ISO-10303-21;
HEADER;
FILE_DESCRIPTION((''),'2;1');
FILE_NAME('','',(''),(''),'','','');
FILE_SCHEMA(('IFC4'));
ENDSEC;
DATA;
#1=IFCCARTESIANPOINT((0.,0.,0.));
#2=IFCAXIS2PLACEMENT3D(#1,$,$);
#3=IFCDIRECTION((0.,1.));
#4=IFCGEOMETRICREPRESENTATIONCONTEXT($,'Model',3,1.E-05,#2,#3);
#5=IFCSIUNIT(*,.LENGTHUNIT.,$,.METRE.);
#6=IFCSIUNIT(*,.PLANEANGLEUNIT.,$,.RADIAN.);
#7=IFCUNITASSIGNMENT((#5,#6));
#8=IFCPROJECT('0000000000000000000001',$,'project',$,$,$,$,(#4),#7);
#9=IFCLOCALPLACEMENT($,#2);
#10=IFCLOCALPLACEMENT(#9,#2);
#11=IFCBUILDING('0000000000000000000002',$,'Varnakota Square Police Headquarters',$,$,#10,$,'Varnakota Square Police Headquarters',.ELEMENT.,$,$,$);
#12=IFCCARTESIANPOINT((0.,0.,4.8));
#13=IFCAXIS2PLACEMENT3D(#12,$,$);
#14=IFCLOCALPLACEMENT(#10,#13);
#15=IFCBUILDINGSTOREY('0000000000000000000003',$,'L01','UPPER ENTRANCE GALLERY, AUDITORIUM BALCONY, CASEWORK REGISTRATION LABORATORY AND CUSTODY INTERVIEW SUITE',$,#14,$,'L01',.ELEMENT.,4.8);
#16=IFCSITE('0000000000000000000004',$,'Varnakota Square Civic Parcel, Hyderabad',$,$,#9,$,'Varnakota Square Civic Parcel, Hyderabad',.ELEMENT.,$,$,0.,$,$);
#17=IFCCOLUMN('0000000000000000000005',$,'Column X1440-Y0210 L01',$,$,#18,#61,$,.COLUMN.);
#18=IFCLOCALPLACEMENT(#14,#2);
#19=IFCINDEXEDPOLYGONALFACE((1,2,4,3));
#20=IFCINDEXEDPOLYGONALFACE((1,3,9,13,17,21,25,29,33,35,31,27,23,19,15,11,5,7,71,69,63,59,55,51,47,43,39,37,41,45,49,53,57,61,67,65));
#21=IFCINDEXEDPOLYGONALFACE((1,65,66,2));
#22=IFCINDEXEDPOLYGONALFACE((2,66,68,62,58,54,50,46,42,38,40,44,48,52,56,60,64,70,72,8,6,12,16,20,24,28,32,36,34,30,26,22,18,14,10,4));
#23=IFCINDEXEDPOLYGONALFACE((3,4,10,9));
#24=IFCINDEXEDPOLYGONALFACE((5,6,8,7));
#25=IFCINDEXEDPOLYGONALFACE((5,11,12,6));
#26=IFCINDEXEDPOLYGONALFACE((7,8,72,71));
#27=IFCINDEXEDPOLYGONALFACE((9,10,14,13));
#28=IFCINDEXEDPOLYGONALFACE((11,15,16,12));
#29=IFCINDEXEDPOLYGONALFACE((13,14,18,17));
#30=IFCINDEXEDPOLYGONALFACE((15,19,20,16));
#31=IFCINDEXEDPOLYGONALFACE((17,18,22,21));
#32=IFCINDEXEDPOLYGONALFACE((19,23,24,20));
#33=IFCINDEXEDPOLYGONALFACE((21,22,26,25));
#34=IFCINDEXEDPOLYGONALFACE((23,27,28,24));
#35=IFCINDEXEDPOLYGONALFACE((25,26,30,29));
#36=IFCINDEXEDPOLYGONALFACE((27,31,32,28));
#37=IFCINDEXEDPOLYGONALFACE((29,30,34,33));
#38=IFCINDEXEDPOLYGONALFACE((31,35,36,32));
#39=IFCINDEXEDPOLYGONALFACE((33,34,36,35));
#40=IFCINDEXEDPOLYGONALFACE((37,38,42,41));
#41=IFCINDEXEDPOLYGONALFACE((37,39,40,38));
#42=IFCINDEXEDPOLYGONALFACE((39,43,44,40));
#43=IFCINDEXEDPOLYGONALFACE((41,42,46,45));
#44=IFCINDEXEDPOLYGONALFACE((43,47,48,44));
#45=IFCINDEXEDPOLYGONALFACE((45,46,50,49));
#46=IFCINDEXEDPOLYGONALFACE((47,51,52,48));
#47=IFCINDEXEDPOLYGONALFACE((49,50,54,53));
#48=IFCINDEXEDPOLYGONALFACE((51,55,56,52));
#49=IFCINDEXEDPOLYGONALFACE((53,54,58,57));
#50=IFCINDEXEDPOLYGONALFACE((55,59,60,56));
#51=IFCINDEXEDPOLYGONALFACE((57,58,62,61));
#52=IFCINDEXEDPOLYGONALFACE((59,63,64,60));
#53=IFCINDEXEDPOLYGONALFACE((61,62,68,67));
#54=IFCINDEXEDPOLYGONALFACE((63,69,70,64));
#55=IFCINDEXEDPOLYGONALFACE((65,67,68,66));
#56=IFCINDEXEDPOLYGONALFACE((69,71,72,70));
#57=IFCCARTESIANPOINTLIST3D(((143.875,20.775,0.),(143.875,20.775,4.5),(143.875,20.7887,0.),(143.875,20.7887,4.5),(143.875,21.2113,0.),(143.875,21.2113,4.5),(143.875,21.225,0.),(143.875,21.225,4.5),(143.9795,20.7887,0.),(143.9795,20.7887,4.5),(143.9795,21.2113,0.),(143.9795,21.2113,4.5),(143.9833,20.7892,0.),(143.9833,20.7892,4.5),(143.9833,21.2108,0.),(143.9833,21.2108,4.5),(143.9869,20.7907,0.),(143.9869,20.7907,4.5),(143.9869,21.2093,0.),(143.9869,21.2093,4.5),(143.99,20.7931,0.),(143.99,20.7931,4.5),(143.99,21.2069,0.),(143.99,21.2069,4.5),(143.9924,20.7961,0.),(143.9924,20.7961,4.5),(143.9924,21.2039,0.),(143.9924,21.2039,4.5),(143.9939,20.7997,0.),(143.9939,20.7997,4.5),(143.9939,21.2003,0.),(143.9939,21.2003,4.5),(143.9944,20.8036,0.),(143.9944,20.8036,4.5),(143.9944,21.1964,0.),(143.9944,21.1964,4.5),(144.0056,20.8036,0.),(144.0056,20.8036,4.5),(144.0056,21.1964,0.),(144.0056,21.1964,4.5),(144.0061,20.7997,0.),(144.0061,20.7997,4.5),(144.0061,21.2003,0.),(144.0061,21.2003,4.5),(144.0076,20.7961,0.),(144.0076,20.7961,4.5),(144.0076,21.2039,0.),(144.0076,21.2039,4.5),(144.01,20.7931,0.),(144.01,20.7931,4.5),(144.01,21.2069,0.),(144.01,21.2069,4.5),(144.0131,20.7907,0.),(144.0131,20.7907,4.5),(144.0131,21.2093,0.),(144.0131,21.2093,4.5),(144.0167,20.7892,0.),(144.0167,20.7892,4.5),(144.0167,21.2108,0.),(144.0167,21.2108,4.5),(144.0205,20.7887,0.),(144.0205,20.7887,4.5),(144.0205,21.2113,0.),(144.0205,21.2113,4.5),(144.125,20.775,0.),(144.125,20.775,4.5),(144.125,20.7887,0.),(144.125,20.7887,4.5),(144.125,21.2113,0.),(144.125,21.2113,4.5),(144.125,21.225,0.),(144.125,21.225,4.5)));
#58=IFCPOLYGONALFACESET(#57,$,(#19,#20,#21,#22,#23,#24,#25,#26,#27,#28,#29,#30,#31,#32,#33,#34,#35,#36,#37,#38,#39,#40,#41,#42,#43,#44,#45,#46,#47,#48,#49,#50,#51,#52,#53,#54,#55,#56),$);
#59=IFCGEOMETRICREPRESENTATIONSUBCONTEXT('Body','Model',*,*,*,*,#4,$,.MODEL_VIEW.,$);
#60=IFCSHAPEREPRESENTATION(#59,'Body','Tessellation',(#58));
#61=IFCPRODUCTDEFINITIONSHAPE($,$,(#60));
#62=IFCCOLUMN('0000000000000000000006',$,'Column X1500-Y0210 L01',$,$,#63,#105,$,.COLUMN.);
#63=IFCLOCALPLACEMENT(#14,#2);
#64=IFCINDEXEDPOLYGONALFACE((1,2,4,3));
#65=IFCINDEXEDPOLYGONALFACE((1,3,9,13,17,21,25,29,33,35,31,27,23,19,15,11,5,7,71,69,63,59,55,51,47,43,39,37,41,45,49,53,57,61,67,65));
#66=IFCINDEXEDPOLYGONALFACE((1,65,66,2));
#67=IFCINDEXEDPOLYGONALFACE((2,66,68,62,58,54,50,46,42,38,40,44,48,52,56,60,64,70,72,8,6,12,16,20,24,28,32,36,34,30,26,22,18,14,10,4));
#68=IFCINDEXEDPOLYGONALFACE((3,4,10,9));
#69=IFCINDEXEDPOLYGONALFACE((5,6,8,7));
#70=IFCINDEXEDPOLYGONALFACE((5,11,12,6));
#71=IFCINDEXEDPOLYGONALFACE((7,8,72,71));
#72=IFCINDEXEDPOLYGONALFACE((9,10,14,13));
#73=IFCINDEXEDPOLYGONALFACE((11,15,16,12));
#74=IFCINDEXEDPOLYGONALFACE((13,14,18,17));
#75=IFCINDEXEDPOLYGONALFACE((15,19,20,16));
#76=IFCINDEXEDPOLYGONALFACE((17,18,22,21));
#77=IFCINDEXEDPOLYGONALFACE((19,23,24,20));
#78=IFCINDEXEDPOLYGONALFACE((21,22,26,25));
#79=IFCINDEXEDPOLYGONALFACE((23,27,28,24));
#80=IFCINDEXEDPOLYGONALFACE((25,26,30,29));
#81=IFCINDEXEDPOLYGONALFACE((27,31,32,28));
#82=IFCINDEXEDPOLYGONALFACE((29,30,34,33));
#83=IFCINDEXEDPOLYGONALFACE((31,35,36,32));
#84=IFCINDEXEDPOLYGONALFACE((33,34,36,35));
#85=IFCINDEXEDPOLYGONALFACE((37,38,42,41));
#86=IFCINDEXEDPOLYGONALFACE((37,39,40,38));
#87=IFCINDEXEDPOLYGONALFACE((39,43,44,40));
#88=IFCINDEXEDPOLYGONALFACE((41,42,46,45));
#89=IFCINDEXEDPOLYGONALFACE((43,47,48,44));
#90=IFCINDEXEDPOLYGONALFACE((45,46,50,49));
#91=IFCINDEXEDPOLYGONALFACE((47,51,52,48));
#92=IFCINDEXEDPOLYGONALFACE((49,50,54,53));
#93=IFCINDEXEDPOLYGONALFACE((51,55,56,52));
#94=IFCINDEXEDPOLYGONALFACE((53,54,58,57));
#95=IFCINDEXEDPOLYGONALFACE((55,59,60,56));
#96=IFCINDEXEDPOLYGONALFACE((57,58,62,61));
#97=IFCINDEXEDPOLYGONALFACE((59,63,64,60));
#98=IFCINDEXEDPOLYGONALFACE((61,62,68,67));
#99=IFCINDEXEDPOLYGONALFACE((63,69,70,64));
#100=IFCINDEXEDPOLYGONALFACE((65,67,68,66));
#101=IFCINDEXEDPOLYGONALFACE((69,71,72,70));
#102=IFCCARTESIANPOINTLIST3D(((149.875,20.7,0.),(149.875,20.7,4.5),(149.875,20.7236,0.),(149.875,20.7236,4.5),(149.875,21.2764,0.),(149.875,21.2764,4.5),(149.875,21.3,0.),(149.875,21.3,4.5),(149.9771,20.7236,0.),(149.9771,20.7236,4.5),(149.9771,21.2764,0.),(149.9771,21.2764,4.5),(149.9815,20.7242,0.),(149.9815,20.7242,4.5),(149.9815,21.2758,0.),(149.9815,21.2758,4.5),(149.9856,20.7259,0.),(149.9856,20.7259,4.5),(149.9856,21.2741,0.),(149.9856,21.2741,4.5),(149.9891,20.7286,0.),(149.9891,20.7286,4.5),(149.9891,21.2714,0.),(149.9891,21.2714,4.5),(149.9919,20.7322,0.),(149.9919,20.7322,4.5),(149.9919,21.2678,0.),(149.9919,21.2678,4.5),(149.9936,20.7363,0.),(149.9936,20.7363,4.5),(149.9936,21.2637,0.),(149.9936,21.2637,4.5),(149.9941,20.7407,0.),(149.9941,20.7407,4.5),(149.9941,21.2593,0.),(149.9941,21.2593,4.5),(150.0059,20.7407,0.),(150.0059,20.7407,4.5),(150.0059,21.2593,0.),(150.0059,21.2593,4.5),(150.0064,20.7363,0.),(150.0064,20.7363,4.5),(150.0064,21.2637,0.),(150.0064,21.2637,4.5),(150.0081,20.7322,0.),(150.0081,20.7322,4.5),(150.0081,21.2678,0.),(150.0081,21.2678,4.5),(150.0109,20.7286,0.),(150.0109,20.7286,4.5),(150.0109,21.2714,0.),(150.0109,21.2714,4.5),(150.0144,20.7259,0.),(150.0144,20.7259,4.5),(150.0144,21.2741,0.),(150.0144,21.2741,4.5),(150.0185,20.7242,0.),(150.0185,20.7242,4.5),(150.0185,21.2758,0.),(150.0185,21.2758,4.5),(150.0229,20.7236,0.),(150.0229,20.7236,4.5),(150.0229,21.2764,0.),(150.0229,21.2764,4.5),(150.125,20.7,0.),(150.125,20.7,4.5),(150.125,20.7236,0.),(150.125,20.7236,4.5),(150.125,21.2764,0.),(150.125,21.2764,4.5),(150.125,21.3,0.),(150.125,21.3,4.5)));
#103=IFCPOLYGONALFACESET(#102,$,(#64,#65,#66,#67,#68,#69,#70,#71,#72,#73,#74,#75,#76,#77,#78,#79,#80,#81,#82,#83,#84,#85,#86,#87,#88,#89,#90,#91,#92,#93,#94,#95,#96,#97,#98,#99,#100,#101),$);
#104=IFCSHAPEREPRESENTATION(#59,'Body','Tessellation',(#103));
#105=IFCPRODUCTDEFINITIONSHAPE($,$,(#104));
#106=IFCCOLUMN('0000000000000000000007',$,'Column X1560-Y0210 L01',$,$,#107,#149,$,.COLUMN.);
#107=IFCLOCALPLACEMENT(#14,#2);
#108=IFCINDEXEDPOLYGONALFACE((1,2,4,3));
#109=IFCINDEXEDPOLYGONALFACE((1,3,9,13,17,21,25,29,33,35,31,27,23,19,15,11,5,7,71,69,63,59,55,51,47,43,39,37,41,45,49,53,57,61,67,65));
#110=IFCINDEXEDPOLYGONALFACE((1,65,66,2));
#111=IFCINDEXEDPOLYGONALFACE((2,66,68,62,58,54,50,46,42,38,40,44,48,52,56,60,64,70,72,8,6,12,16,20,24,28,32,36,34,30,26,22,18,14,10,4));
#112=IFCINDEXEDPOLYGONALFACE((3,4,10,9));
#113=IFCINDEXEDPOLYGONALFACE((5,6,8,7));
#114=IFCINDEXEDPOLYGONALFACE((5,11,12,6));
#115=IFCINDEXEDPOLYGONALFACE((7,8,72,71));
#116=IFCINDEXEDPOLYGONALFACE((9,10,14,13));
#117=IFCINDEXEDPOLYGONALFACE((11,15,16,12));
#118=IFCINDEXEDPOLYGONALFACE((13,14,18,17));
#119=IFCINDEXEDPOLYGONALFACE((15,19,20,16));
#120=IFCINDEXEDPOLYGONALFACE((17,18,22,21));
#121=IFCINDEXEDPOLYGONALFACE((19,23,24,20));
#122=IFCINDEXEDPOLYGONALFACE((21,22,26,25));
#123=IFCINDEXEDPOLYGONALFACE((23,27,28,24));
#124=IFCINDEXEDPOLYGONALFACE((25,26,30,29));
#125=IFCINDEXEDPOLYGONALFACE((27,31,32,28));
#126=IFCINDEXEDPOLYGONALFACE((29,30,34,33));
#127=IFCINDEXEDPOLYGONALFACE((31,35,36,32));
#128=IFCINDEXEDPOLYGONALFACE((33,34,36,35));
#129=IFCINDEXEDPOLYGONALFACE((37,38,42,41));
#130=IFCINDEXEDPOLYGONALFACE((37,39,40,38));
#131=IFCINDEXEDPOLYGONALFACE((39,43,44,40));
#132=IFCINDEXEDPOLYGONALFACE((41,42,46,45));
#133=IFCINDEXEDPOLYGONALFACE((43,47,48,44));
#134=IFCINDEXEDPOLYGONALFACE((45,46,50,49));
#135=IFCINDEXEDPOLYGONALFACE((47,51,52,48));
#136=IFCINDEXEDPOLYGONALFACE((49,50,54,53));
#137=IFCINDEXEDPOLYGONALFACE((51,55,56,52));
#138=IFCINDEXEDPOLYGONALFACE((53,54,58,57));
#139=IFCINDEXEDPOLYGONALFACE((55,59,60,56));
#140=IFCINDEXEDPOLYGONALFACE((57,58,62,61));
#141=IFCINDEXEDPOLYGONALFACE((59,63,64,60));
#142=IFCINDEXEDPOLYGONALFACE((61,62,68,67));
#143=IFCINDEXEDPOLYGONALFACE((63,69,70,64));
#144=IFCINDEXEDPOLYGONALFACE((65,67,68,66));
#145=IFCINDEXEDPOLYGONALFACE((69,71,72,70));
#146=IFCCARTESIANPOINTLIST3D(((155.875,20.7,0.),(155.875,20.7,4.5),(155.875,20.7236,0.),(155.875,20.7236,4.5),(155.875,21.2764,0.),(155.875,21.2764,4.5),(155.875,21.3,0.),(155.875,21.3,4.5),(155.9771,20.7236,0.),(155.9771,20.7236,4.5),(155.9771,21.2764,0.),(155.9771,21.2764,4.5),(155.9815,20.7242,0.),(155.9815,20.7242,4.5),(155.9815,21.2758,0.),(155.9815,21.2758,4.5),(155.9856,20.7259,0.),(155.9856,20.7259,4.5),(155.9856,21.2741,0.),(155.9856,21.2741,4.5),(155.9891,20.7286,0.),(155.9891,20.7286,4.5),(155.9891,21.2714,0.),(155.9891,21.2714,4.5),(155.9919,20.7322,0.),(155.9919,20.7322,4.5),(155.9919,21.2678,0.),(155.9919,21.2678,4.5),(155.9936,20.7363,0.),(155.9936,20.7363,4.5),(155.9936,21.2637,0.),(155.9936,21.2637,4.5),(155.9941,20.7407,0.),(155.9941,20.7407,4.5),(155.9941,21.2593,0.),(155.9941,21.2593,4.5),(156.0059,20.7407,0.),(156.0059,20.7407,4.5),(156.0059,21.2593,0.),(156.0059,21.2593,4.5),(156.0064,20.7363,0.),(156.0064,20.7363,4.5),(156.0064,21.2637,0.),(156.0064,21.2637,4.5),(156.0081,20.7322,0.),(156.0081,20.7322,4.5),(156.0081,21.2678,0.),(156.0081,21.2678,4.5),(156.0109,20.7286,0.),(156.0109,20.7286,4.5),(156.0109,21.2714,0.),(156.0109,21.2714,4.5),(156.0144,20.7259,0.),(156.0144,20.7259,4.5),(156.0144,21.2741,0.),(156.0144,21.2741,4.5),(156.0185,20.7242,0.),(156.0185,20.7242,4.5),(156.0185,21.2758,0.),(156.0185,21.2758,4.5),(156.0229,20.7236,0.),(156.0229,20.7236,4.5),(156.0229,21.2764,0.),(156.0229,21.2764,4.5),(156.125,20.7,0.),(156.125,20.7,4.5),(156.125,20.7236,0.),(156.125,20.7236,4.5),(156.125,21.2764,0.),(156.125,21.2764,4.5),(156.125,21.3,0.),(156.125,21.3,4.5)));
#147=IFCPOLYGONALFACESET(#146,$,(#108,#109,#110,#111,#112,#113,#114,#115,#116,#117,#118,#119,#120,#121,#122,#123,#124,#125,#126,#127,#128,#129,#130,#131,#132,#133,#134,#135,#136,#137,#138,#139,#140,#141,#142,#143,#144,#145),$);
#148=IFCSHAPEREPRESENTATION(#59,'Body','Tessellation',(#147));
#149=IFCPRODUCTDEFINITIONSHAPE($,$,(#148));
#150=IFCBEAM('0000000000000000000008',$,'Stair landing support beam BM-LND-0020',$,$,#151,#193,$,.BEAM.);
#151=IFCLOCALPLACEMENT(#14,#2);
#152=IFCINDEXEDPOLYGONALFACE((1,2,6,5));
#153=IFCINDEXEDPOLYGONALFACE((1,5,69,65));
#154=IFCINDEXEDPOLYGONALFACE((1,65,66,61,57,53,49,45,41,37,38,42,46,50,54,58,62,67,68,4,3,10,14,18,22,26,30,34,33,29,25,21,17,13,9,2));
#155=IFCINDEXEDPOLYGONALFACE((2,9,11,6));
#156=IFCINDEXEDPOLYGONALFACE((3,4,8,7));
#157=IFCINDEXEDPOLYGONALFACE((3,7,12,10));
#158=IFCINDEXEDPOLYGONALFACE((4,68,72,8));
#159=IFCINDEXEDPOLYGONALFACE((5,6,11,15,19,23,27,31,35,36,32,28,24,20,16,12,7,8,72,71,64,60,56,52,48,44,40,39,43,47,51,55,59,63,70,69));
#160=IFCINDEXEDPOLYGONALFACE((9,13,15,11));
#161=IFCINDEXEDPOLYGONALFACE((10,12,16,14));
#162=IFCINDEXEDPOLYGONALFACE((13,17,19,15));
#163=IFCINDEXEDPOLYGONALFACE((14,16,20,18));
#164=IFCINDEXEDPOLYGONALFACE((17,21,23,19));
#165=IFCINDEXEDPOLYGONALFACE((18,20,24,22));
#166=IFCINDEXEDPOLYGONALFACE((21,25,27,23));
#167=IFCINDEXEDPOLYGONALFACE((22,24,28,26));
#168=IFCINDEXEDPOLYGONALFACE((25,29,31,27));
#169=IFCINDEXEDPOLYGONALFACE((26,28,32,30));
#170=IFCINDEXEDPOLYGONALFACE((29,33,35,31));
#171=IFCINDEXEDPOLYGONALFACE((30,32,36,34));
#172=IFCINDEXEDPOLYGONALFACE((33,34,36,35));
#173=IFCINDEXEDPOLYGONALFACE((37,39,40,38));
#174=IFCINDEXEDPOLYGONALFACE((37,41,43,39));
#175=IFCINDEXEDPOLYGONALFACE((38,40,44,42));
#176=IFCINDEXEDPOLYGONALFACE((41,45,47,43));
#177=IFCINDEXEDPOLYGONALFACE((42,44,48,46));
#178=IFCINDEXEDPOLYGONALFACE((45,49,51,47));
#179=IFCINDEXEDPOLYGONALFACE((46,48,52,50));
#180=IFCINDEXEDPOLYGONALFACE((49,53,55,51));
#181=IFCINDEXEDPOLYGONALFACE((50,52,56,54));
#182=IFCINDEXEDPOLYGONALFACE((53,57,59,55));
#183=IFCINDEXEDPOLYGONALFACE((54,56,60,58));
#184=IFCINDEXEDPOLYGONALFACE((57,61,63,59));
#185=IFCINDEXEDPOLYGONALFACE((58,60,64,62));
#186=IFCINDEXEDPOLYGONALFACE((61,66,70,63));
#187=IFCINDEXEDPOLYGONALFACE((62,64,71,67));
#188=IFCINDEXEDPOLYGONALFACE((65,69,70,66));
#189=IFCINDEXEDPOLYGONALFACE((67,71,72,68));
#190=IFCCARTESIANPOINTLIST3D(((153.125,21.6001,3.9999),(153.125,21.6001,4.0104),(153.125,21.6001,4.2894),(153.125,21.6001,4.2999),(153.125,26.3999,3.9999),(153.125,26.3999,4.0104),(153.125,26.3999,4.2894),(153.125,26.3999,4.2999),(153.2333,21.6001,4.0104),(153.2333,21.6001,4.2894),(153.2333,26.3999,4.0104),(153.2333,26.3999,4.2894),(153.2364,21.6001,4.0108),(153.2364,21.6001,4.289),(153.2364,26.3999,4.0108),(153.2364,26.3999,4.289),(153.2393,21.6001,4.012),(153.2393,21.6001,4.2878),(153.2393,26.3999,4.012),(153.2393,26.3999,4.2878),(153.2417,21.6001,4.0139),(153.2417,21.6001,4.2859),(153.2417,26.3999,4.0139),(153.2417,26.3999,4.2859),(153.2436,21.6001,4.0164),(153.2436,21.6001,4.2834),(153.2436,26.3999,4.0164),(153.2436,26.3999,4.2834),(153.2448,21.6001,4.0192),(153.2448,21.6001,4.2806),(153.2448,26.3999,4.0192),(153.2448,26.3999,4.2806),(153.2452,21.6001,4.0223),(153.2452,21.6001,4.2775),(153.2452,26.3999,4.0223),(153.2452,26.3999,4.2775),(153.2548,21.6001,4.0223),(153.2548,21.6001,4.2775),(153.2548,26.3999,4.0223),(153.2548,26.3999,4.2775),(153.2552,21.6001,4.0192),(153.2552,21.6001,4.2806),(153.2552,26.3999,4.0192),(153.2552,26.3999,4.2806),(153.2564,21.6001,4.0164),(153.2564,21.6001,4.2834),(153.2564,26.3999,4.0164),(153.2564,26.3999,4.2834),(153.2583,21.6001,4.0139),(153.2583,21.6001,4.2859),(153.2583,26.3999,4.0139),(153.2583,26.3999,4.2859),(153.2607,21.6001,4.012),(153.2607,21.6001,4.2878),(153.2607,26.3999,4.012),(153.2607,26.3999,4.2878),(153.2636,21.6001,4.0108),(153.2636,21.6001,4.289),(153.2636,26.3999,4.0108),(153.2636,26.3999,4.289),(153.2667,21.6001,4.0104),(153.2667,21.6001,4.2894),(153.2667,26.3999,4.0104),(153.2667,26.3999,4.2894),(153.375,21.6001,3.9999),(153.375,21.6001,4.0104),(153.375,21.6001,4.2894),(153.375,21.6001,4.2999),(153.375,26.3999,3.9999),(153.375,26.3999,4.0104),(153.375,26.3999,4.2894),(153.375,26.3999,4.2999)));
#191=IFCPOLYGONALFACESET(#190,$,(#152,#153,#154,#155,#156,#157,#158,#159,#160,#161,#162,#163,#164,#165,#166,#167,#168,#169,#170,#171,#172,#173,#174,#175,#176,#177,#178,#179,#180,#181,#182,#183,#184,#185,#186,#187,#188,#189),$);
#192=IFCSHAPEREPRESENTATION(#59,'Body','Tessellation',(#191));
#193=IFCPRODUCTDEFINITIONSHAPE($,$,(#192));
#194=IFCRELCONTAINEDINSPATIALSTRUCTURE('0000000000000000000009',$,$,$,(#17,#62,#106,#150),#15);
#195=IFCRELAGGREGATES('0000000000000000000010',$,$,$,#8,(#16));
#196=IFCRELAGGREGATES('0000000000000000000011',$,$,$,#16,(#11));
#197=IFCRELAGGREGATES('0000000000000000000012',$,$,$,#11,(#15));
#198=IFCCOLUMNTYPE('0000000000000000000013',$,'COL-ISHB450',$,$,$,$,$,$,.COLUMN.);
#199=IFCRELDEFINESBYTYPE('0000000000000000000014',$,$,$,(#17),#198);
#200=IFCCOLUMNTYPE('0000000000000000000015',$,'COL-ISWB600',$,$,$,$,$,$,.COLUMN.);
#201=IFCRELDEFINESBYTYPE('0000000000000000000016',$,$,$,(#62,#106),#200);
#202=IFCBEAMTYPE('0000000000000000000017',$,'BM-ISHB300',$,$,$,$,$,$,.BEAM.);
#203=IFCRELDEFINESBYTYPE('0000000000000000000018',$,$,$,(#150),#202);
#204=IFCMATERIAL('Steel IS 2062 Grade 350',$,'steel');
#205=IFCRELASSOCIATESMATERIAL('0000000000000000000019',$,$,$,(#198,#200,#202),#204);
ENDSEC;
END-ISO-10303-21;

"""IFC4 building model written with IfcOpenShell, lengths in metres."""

from ifc_helpers import new_model, si_unit, direction, frame, origin, origin_2d, place, context, subcontext, project, spatial, i_section, extrude, material, material_profile, profile_set, type_object, element, save


model = new_model("IFC4")

# Units and contexts
model_context = context("Model", 3, precision=1e-05, world=origin(), true_north=direction((0.0, 1.0)))
body_context = subcontext(model_context, "Body", "Model", "MODEL_VIEW")
ifc_project = project(units=[si_unit("LENGTHUNIT", "METRE"), si_unit("PLANEANGLEUNIT", "RADIAN")], contexts=[model_context])

# Site, building, storey
site_placement = place(None, origin())
site = spatial("IfcSite", under=ifc_project, at=site_placement, Name="Varnakota Square Civic Parcel, Hyderabad", LongName="Varnakota Square Civic Parcel, Hyderabad", CompositionType="ELEMENT", RefElevation=0.0)
building_placement = place(site_placement, origin())
building = spatial("IfcBuilding", under=site, at=building_placement, Name="Varnakota Square Police Headquarters", LongName="Varnakota Square Police Headquarters", CompositionType="ELEMENT")
storey_placement = place(building_placement, frame((0.0, 0.0, 4.8)))
storey = spatial("IfcBuildingStorey", under=building, at=storey_placement, Name="L01", Description="UPPER ENTRANCE GALLERY, AUDITORIUM BALCONY, CASEWORK REGISTRATION LABORATORY AND CUSTODY INTERVIEW SUITE", LongName="L01", CompositionType="ELEMENT", Elevation=4.8)

# Columns
ifc_material_1 = material(Name="Steel IS 2062 Grade 350", Category="steel")
ifc_material_profile_1 = material_profile(ifc_material_1, i_section(OverallWidth=0.25, OverallDepth=0.45, WebThickness=0.0112, FlangeThickness=0.0137, FilletRadius=0.0149, at=origin_2d()), Name="ISHB 450")
ifc_profile_set_1 = profile_set([ifc_material_profile_1], Name="Steel IS 2062 Grade 350")
column_type_1 = type_object("IfcColumnType", Name="COL-ISHB450", PredefinedType="COLUMN", material=ifc_profile_set_1)
column_placement = place(storey_placement, frame((144.0, 21.0, 0.0), z_axis=(0.0, 0.0, 1.0), x_axis=(1.0, 0.0, 0.0)))
element("IfcColumn", 1, at=column_placement, inside=storey, type_object=column_type_1, Name="Column X1440-Y0210 L01", PredefinedType="COLUMN", context=body_context, shape_type="SweptSolid", body=[
    extrude(i_section(OverallWidth=0.25, OverallDepth=0.45, WebThickness=0.0112, FlangeThickness=0.0137, FilletRadius=0.0149, at=origin_2d()), origin(), (0.0, 0.0, 1.0), 4.5),
])
ifc_material_profile_2 = material_profile(ifc_material_1, i_section(OverallWidth=0.25, OverallDepth=0.6001, WebThickness=0.0117, FlangeThickness=0.0237, FilletRadius=0.0171, at=origin_2d()), Name="ISWB 600")
ifc_profile_set_2 = profile_set([ifc_material_profile_2], Name="Steel IS 2062 Grade 350")
column_type_2 = type_object("IfcColumnType", Name="COL-ISWB600", PredefinedType="COLUMN", material=ifc_profile_set_2)
for number, where, z_axis, x_axis, name in (
    (2, (150.0, 21.0, 0.0), (0.0, 0.0, 1.0), (1.0, 0.0, 0.0), "Column X1500-Y0210 L01"),
    (3, (156.0, 21.0, 0.0), (0.0, 0.0, 1.0), (1.0, 0.0, 0.0), "Column X1560-Y0210 L01"),
):
    element("IfcColumn", number, at=place(storey_placement, frame(where, z_axis=z_axis, x_axis=x_axis)), inside=storey, type_object=column_type_2, Name=name, PredefinedType="COLUMN", context=body_context, shape_type="SweptSolid", body=[
        extrude(i_section(OverallWidth=0.25, OverallDepth=0.6001, WebThickness=0.0117, FlangeThickness=0.0237, FilletRadius=0.0171, at=origin_2d()), origin(), (0.0, 0.0, 1.0), 4.5),
    ])

# Beam
ifc_material_profile_3 = material_profile(ifc_material_1, i_section(OverallWidth=0.25, OverallDepth=0.3, WebThickness=0.0095, FlangeThickness=0.0105, FilletRadius=0.012, at=origin_2d()), Name="ISHB 300")
ifc_profile_set_3 = profile_set([ifc_material_profile_3], Name="Steel IS 2062 Grade 350")
beam_type_1 = type_object("IfcBeamType", Name="BM-ISHB300", PredefinedType="BEAM", material=ifc_profile_set_3)
beam_1_placement = place(storey_placement, frame((153.25, 21.6001, 4.1499), z_axis=(0.0, 1.0, 0.0), x_axis=(-1.0, 0.0, 0.0)))
element("IfcBeam", 4, at=beam_1_placement, inside=storey, type_object=beam_type_1, Name="Stair landing support beam BM-LND-0020", PredefinedType="BEAM", context=body_context, shape_type="SweptSolid", body=[
    extrude(i_section(OverallWidth=0.25, OverallDepth=0.3, WebThickness=0.0095, FlangeThickness=0.0105, FilletRadius=0.012, at=origin_2d()), origin(), (0.0, 0.0, 1.0), 4.7998),
])

save(model, "model.ifc")
